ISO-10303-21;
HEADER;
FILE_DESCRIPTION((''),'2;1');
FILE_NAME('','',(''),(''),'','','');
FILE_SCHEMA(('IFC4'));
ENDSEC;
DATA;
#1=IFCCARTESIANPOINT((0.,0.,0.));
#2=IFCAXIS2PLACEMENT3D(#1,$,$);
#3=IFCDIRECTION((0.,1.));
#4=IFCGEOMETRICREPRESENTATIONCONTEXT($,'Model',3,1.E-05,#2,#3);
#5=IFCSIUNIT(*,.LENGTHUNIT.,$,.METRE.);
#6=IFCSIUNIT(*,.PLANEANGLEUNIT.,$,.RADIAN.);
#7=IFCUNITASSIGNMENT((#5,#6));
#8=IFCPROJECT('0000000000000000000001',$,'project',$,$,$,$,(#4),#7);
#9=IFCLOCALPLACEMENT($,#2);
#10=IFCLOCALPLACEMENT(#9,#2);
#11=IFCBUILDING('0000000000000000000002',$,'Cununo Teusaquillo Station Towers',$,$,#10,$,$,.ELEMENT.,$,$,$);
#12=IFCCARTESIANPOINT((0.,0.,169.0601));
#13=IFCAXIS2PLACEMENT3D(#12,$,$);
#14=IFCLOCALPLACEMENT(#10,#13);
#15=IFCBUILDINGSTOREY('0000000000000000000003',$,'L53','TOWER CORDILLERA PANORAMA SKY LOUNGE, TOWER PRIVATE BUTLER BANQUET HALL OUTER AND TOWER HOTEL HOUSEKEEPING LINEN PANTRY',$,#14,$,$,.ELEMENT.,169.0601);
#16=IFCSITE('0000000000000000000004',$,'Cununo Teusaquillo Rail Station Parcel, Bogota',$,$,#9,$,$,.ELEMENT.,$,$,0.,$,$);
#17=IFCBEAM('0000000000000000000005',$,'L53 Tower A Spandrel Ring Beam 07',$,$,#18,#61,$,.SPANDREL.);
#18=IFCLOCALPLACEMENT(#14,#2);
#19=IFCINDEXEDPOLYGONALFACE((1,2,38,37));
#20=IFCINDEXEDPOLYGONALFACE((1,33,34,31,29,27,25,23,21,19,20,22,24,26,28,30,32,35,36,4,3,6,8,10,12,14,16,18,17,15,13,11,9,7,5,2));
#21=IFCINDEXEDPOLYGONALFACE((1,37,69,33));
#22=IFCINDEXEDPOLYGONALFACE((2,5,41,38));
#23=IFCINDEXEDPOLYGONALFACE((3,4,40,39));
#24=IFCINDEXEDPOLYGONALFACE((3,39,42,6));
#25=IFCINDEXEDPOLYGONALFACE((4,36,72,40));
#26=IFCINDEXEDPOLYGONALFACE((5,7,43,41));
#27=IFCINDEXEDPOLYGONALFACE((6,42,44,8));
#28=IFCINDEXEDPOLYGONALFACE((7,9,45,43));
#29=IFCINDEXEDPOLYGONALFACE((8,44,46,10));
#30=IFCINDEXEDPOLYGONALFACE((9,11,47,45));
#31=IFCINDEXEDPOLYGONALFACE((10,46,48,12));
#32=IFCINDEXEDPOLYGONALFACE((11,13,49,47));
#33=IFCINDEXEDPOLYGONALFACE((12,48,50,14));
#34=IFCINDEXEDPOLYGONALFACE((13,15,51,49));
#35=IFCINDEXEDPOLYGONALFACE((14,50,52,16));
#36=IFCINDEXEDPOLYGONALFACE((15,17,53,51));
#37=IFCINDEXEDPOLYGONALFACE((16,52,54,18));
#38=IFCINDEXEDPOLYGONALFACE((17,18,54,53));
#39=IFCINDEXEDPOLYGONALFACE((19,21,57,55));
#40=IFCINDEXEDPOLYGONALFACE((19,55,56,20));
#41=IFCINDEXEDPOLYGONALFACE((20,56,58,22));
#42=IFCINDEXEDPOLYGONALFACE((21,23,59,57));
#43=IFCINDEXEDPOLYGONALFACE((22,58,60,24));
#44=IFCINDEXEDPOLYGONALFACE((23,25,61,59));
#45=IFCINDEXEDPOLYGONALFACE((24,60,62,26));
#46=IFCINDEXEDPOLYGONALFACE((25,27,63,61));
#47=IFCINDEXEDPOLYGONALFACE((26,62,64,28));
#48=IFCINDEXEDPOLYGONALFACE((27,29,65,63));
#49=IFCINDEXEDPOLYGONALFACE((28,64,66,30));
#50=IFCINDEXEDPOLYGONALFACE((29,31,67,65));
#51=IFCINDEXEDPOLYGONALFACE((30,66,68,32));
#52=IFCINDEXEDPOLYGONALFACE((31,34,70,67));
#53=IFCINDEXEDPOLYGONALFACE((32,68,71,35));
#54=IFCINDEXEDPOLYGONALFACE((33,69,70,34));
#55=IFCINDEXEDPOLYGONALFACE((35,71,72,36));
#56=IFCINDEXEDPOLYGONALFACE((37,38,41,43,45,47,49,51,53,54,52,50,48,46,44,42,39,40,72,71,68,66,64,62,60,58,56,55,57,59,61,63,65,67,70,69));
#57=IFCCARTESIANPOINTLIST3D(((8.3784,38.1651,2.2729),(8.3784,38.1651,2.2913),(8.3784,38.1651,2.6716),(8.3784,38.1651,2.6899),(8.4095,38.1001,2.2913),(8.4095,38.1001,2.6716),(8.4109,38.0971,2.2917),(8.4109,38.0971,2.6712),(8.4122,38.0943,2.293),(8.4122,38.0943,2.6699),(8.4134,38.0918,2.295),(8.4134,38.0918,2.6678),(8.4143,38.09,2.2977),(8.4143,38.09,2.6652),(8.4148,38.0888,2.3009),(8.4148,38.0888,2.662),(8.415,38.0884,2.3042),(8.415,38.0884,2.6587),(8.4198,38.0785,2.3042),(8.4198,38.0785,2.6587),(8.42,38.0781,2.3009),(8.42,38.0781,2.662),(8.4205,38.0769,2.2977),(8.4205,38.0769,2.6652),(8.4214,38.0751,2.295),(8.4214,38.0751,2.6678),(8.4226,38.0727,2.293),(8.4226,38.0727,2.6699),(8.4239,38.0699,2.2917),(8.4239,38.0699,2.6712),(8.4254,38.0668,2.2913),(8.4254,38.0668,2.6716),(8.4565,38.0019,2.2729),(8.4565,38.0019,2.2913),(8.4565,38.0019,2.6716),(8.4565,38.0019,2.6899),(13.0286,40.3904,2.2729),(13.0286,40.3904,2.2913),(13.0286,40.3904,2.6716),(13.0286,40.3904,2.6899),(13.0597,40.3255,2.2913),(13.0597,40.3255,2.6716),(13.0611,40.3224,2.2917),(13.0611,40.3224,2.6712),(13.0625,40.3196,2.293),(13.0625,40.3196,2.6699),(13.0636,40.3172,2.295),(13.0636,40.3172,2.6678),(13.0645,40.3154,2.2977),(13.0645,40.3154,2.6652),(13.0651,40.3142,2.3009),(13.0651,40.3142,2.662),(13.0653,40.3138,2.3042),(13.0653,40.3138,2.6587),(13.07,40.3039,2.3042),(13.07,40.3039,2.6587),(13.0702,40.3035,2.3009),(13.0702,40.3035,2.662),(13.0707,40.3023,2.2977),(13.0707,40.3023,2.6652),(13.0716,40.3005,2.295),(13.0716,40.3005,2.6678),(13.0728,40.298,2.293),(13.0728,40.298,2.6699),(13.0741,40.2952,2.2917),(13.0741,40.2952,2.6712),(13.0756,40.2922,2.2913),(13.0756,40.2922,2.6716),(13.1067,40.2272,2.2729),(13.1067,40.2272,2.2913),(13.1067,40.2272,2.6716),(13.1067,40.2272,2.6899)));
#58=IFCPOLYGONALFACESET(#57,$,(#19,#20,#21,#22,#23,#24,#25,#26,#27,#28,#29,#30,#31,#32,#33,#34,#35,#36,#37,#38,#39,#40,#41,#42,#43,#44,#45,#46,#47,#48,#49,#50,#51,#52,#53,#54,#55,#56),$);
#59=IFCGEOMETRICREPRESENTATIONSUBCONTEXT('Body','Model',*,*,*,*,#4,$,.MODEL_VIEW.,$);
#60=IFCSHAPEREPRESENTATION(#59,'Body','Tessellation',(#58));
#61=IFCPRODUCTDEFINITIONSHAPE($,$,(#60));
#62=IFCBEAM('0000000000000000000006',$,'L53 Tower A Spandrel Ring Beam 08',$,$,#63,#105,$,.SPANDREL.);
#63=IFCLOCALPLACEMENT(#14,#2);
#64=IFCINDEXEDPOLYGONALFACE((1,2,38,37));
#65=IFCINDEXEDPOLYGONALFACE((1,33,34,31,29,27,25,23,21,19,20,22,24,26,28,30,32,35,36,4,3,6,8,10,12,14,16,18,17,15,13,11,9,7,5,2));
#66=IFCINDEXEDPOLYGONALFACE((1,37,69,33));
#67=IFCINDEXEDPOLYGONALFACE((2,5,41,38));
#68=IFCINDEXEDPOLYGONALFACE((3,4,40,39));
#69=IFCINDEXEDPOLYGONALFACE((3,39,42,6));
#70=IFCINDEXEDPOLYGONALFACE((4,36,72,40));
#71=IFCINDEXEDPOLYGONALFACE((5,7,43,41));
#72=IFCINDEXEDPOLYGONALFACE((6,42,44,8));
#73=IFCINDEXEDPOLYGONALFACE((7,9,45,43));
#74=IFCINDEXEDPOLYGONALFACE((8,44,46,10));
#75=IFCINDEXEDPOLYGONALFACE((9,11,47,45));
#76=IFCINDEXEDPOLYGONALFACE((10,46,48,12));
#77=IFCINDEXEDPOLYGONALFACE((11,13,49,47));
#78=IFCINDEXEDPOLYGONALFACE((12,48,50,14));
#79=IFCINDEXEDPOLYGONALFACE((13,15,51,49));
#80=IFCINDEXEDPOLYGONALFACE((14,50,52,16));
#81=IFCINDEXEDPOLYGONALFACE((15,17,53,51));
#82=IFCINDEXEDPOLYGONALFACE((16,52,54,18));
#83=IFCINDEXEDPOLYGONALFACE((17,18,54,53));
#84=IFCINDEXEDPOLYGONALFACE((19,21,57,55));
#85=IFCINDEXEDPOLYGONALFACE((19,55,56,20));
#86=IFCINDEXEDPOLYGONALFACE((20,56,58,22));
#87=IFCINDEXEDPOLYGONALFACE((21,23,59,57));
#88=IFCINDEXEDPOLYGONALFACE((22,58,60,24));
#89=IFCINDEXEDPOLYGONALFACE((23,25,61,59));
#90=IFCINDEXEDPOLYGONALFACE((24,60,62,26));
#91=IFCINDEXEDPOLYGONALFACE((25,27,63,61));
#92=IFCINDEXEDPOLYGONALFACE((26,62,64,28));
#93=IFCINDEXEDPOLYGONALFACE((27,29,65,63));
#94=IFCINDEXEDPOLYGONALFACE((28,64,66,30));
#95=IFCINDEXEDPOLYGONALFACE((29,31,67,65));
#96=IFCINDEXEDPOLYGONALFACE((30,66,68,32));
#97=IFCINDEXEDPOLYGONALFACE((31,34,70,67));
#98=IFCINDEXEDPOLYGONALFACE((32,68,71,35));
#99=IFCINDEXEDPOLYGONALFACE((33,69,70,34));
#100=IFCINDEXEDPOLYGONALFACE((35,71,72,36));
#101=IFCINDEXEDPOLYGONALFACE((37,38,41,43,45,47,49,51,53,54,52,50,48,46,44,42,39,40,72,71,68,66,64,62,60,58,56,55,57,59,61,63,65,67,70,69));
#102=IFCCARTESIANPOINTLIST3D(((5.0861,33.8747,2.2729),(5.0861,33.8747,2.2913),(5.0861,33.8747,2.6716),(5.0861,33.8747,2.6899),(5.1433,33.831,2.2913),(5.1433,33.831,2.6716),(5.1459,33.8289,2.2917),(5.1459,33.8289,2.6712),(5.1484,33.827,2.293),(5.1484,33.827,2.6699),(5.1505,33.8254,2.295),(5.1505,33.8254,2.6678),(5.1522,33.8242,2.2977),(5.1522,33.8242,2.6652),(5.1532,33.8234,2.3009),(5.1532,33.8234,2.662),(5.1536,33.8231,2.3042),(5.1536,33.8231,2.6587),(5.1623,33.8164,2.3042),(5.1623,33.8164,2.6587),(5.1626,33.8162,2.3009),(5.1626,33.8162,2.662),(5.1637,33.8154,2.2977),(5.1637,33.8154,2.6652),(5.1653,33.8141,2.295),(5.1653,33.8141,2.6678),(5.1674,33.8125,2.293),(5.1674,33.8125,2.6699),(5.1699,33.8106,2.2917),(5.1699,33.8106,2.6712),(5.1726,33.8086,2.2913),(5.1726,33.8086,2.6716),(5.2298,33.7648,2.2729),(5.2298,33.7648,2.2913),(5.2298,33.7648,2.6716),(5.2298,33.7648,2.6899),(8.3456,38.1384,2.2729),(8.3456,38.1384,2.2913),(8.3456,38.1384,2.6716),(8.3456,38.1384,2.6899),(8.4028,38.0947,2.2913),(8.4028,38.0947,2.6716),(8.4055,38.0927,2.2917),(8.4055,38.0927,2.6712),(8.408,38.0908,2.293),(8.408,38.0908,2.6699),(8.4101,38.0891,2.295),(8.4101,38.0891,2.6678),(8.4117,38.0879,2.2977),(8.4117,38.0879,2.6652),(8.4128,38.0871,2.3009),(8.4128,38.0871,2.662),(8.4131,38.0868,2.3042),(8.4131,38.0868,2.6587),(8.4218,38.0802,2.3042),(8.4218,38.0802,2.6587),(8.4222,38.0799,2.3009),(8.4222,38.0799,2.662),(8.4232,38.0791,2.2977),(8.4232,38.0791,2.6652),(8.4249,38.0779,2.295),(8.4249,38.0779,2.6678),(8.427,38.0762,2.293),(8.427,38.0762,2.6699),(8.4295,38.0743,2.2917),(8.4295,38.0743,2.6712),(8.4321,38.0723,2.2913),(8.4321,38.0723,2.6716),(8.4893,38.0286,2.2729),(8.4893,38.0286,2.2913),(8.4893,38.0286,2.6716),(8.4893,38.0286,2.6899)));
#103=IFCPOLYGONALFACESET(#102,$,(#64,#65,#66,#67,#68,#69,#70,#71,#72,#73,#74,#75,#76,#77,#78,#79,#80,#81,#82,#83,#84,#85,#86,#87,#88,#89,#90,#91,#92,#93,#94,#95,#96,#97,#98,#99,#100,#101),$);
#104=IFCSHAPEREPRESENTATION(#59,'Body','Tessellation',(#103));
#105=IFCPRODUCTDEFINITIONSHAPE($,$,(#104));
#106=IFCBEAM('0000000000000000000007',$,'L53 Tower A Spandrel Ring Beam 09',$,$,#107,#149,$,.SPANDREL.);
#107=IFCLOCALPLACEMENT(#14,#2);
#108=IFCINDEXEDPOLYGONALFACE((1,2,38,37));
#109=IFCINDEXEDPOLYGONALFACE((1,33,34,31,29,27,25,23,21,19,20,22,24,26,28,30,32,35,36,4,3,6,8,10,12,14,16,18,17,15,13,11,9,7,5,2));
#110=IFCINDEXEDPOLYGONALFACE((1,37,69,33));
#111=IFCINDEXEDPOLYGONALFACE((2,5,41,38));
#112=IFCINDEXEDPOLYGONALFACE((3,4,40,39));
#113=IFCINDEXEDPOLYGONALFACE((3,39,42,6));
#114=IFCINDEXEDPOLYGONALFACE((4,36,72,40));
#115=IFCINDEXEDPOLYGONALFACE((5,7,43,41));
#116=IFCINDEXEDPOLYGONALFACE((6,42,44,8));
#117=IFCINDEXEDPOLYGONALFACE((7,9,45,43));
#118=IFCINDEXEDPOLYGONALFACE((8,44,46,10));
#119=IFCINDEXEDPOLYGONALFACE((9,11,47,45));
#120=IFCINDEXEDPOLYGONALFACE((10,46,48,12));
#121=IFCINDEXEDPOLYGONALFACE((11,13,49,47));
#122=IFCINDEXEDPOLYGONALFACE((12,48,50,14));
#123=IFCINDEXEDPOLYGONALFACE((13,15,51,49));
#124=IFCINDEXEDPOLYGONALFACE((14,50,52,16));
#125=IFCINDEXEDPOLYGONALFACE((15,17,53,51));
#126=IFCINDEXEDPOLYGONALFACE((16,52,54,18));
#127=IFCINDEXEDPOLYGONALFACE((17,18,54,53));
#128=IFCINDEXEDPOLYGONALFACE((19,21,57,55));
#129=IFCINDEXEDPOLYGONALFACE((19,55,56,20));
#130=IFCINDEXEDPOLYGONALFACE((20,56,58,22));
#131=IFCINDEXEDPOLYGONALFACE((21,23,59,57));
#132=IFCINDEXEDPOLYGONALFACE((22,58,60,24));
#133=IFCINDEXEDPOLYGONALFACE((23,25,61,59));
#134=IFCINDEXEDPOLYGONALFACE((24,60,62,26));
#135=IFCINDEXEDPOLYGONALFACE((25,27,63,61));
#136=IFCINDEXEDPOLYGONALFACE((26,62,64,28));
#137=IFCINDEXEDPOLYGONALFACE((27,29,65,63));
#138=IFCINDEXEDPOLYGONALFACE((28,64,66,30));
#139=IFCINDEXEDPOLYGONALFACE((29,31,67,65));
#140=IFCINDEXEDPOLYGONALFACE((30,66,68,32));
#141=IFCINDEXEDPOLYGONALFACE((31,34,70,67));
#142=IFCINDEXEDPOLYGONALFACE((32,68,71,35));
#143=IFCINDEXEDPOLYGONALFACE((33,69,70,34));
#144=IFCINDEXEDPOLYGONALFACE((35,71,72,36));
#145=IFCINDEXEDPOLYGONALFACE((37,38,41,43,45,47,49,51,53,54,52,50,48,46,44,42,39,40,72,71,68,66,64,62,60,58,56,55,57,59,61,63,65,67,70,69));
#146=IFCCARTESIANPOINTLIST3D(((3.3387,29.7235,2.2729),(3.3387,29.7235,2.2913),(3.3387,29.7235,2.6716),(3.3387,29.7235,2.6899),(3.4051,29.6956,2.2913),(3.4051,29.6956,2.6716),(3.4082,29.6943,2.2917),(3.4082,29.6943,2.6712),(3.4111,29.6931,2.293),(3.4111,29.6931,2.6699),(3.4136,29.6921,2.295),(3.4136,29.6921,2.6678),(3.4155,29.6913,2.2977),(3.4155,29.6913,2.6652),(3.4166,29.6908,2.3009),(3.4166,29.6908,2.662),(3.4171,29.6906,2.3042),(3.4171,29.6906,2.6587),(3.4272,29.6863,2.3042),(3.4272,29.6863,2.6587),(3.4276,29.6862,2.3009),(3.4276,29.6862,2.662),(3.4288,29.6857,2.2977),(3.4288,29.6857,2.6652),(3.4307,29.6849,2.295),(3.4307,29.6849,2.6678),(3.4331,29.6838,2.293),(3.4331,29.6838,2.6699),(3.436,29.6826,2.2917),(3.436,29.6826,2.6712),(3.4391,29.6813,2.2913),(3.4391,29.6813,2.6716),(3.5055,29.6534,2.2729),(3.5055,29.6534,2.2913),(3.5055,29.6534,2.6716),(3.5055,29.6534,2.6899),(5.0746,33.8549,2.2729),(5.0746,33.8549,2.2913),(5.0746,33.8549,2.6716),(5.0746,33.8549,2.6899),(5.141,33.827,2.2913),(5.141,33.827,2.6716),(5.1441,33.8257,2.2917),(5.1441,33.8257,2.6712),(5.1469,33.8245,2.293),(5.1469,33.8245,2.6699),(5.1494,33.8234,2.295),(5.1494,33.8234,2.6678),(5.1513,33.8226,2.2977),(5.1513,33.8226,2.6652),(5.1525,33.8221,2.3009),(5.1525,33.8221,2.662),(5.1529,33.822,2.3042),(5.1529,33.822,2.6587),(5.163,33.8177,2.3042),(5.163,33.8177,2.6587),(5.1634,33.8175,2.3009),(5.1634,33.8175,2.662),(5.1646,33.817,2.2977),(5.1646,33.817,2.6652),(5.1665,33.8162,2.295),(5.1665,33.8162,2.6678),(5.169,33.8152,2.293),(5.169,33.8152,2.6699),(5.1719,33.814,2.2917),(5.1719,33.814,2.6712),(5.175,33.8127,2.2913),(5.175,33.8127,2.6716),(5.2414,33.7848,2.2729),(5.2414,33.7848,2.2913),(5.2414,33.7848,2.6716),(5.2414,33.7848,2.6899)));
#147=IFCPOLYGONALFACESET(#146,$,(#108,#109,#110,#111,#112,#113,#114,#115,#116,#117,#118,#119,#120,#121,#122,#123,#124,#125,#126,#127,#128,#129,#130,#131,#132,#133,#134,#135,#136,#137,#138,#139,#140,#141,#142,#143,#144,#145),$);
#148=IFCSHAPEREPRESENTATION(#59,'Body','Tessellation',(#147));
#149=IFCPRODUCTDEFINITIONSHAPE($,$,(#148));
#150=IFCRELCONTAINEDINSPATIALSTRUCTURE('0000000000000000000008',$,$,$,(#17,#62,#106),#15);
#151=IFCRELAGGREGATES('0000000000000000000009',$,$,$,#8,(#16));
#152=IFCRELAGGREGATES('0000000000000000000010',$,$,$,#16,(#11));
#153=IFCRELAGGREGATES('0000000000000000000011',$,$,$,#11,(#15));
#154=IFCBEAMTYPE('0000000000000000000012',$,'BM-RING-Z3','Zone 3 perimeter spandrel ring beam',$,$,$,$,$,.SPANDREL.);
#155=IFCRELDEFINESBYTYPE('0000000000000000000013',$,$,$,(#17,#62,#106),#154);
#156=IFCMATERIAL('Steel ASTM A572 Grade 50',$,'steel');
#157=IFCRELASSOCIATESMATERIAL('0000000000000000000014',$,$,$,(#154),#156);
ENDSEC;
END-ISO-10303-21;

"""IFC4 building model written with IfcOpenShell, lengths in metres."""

from ifc_helpers import new_model, si_unit, direction, frame, origin, origin_2d, place, context, subcontext, project, spatial, i_section, extrude, material, material_profile, profile_set, type_object, element, save


model = new_model("IFC4")

# Units and contexts
model_context = context("Model", 3, precision=1e-05, world=origin(), true_north=direction((0.0, 1.0)))
body_context = subcontext(model_context, "Body", "Model", "MODEL_VIEW")
ifc_project = project(units=[si_unit("LENGTHUNIT", "METRE"), si_unit("PLANEANGLEUNIT", "RADIAN")], contexts=[model_context])

# Site, building, storey
site_placement = place(None, origin())
site = spatial("IfcSite", under=ifc_project, at=site_placement, Name="Cununo Teusaquillo Rail Station Parcel, Bogota", CompositionType="ELEMENT", RefElevation=0.0)
building_placement = place(site_placement, origin())
building = spatial("IfcBuilding", under=site, at=building_placement, Name="Cununo Teusaquillo Station Towers", CompositionType="ELEMENT")
storey_placement = place(building_placement, frame((0.0, 0.0, 169.0601)))
storey = spatial("IfcBuildingStorey", under=building, at=storey_placement, Name="L53", Description="TOWER CORDILLERA PANORAMA SKY LOUNGE, TOWER PRIVATE BUTLER BANQUET HALL OUTER AND TOWER HOTEL HOUSEKEEPING LINEN PANTRY", CompositionType="ELEMENT", Elevation=169.0601)

# Beams
ifc_material_1 = material(Name="Steel ASTM A572 Grade 50", Category="steel")
ifc_material_profile_1 = material_profile(ifc_material_1, i_section(OverallWidth=0.1809, OverallDepth=0.417, WebThickness=0.011, FlangeThickness=0.0183, FilletRadius=0.0129, at=origin_2d()), Name="W16X57")
ifc_profile_set_1 = profile_set([ifc_material_profile_1], Name="Steel ASTM A572 Grade 50")
beam_type_1 = type_object("IfcBeamType", Name="BM-RING-Z3", Description="Zone 3 perimeter spandrel ring beam", PredefinedType="SPANDREL", material=ifc_profile_set_1)
beam_1_placement = place(storey_placement, frame((13.0676, 40.3088, 2.4814), z_axis=(-0.902032, -0.43167, 0.0), x_axis=(0.43167, -0.902032, 0.0)))
element("IfcBeam", 1, at=beam_1_placement, inside=storey, type_object=beam_type_1, Name="L53 Tower A Spandrel Ring Beam 07", PredefinedType="SPANDREL", context=body_context, shape_type="SweptSolid", body=[
    extrude(i_section(OverallWidth=0.1809, OverallDepth=0.417, WebThickness=0.011, FlangeThickness=0.0183, FilletRadius=0.0129, at=origin_2d()), origin(), (0.0, 0.0, 1.0), 5.1553),
])
beam_2_placement = place(storey_placement, frame((8.4175, 38.0835, 2.4814), z_axis=(-0.60734, -0.794442, 0.0), x_axis=(0.794442, -0.60734, 0.0)))
element("IfcBeam", 2, at=beam_2_placement, inside=storey, type_object=beam_type_1, Name="L53 Tower A Spandrel Ring Beam 08", PredefinedType="SPANDREL", context=body_context, shape_type="SweptSolid", body=[
    extrude(i_section(OverallWidth=0.1809, OverallDepth=0.417, WebThickness=0.011, FlangeThickness=0.0183, FilletRadius=0.0129, at=origin_2d()), origin(), (0.0, 0.0, 1.0), 5.3669),
])
beam_3_placement = place(storey_placement, frame((5.158, 33.8198, 2.4814), z_axis=(-0.38736, -0.921928, 0.0), x_axis=(0.921928, -0.38736, 0.0)))
element("IfcBeam", 3, at=beam_3_placement, inside=storey, type_object=beam_type_1, Name="L53 Tower A Spandrel Ring Beam 09", PredefinedType="SPANDREL", context=body_context, shape_type="SweptSolid", body=[
    extrude(i_section(OverallWidth=0.1809, OverallDepth=0.417, WebThickness=0.011, FlangeThickness=0.0183, FilletRadius=0.0129, at=origin_2d()), origin(), (0.0, 0.0, 1.0), 4.4812),
])

save(model, "model.ifc")
